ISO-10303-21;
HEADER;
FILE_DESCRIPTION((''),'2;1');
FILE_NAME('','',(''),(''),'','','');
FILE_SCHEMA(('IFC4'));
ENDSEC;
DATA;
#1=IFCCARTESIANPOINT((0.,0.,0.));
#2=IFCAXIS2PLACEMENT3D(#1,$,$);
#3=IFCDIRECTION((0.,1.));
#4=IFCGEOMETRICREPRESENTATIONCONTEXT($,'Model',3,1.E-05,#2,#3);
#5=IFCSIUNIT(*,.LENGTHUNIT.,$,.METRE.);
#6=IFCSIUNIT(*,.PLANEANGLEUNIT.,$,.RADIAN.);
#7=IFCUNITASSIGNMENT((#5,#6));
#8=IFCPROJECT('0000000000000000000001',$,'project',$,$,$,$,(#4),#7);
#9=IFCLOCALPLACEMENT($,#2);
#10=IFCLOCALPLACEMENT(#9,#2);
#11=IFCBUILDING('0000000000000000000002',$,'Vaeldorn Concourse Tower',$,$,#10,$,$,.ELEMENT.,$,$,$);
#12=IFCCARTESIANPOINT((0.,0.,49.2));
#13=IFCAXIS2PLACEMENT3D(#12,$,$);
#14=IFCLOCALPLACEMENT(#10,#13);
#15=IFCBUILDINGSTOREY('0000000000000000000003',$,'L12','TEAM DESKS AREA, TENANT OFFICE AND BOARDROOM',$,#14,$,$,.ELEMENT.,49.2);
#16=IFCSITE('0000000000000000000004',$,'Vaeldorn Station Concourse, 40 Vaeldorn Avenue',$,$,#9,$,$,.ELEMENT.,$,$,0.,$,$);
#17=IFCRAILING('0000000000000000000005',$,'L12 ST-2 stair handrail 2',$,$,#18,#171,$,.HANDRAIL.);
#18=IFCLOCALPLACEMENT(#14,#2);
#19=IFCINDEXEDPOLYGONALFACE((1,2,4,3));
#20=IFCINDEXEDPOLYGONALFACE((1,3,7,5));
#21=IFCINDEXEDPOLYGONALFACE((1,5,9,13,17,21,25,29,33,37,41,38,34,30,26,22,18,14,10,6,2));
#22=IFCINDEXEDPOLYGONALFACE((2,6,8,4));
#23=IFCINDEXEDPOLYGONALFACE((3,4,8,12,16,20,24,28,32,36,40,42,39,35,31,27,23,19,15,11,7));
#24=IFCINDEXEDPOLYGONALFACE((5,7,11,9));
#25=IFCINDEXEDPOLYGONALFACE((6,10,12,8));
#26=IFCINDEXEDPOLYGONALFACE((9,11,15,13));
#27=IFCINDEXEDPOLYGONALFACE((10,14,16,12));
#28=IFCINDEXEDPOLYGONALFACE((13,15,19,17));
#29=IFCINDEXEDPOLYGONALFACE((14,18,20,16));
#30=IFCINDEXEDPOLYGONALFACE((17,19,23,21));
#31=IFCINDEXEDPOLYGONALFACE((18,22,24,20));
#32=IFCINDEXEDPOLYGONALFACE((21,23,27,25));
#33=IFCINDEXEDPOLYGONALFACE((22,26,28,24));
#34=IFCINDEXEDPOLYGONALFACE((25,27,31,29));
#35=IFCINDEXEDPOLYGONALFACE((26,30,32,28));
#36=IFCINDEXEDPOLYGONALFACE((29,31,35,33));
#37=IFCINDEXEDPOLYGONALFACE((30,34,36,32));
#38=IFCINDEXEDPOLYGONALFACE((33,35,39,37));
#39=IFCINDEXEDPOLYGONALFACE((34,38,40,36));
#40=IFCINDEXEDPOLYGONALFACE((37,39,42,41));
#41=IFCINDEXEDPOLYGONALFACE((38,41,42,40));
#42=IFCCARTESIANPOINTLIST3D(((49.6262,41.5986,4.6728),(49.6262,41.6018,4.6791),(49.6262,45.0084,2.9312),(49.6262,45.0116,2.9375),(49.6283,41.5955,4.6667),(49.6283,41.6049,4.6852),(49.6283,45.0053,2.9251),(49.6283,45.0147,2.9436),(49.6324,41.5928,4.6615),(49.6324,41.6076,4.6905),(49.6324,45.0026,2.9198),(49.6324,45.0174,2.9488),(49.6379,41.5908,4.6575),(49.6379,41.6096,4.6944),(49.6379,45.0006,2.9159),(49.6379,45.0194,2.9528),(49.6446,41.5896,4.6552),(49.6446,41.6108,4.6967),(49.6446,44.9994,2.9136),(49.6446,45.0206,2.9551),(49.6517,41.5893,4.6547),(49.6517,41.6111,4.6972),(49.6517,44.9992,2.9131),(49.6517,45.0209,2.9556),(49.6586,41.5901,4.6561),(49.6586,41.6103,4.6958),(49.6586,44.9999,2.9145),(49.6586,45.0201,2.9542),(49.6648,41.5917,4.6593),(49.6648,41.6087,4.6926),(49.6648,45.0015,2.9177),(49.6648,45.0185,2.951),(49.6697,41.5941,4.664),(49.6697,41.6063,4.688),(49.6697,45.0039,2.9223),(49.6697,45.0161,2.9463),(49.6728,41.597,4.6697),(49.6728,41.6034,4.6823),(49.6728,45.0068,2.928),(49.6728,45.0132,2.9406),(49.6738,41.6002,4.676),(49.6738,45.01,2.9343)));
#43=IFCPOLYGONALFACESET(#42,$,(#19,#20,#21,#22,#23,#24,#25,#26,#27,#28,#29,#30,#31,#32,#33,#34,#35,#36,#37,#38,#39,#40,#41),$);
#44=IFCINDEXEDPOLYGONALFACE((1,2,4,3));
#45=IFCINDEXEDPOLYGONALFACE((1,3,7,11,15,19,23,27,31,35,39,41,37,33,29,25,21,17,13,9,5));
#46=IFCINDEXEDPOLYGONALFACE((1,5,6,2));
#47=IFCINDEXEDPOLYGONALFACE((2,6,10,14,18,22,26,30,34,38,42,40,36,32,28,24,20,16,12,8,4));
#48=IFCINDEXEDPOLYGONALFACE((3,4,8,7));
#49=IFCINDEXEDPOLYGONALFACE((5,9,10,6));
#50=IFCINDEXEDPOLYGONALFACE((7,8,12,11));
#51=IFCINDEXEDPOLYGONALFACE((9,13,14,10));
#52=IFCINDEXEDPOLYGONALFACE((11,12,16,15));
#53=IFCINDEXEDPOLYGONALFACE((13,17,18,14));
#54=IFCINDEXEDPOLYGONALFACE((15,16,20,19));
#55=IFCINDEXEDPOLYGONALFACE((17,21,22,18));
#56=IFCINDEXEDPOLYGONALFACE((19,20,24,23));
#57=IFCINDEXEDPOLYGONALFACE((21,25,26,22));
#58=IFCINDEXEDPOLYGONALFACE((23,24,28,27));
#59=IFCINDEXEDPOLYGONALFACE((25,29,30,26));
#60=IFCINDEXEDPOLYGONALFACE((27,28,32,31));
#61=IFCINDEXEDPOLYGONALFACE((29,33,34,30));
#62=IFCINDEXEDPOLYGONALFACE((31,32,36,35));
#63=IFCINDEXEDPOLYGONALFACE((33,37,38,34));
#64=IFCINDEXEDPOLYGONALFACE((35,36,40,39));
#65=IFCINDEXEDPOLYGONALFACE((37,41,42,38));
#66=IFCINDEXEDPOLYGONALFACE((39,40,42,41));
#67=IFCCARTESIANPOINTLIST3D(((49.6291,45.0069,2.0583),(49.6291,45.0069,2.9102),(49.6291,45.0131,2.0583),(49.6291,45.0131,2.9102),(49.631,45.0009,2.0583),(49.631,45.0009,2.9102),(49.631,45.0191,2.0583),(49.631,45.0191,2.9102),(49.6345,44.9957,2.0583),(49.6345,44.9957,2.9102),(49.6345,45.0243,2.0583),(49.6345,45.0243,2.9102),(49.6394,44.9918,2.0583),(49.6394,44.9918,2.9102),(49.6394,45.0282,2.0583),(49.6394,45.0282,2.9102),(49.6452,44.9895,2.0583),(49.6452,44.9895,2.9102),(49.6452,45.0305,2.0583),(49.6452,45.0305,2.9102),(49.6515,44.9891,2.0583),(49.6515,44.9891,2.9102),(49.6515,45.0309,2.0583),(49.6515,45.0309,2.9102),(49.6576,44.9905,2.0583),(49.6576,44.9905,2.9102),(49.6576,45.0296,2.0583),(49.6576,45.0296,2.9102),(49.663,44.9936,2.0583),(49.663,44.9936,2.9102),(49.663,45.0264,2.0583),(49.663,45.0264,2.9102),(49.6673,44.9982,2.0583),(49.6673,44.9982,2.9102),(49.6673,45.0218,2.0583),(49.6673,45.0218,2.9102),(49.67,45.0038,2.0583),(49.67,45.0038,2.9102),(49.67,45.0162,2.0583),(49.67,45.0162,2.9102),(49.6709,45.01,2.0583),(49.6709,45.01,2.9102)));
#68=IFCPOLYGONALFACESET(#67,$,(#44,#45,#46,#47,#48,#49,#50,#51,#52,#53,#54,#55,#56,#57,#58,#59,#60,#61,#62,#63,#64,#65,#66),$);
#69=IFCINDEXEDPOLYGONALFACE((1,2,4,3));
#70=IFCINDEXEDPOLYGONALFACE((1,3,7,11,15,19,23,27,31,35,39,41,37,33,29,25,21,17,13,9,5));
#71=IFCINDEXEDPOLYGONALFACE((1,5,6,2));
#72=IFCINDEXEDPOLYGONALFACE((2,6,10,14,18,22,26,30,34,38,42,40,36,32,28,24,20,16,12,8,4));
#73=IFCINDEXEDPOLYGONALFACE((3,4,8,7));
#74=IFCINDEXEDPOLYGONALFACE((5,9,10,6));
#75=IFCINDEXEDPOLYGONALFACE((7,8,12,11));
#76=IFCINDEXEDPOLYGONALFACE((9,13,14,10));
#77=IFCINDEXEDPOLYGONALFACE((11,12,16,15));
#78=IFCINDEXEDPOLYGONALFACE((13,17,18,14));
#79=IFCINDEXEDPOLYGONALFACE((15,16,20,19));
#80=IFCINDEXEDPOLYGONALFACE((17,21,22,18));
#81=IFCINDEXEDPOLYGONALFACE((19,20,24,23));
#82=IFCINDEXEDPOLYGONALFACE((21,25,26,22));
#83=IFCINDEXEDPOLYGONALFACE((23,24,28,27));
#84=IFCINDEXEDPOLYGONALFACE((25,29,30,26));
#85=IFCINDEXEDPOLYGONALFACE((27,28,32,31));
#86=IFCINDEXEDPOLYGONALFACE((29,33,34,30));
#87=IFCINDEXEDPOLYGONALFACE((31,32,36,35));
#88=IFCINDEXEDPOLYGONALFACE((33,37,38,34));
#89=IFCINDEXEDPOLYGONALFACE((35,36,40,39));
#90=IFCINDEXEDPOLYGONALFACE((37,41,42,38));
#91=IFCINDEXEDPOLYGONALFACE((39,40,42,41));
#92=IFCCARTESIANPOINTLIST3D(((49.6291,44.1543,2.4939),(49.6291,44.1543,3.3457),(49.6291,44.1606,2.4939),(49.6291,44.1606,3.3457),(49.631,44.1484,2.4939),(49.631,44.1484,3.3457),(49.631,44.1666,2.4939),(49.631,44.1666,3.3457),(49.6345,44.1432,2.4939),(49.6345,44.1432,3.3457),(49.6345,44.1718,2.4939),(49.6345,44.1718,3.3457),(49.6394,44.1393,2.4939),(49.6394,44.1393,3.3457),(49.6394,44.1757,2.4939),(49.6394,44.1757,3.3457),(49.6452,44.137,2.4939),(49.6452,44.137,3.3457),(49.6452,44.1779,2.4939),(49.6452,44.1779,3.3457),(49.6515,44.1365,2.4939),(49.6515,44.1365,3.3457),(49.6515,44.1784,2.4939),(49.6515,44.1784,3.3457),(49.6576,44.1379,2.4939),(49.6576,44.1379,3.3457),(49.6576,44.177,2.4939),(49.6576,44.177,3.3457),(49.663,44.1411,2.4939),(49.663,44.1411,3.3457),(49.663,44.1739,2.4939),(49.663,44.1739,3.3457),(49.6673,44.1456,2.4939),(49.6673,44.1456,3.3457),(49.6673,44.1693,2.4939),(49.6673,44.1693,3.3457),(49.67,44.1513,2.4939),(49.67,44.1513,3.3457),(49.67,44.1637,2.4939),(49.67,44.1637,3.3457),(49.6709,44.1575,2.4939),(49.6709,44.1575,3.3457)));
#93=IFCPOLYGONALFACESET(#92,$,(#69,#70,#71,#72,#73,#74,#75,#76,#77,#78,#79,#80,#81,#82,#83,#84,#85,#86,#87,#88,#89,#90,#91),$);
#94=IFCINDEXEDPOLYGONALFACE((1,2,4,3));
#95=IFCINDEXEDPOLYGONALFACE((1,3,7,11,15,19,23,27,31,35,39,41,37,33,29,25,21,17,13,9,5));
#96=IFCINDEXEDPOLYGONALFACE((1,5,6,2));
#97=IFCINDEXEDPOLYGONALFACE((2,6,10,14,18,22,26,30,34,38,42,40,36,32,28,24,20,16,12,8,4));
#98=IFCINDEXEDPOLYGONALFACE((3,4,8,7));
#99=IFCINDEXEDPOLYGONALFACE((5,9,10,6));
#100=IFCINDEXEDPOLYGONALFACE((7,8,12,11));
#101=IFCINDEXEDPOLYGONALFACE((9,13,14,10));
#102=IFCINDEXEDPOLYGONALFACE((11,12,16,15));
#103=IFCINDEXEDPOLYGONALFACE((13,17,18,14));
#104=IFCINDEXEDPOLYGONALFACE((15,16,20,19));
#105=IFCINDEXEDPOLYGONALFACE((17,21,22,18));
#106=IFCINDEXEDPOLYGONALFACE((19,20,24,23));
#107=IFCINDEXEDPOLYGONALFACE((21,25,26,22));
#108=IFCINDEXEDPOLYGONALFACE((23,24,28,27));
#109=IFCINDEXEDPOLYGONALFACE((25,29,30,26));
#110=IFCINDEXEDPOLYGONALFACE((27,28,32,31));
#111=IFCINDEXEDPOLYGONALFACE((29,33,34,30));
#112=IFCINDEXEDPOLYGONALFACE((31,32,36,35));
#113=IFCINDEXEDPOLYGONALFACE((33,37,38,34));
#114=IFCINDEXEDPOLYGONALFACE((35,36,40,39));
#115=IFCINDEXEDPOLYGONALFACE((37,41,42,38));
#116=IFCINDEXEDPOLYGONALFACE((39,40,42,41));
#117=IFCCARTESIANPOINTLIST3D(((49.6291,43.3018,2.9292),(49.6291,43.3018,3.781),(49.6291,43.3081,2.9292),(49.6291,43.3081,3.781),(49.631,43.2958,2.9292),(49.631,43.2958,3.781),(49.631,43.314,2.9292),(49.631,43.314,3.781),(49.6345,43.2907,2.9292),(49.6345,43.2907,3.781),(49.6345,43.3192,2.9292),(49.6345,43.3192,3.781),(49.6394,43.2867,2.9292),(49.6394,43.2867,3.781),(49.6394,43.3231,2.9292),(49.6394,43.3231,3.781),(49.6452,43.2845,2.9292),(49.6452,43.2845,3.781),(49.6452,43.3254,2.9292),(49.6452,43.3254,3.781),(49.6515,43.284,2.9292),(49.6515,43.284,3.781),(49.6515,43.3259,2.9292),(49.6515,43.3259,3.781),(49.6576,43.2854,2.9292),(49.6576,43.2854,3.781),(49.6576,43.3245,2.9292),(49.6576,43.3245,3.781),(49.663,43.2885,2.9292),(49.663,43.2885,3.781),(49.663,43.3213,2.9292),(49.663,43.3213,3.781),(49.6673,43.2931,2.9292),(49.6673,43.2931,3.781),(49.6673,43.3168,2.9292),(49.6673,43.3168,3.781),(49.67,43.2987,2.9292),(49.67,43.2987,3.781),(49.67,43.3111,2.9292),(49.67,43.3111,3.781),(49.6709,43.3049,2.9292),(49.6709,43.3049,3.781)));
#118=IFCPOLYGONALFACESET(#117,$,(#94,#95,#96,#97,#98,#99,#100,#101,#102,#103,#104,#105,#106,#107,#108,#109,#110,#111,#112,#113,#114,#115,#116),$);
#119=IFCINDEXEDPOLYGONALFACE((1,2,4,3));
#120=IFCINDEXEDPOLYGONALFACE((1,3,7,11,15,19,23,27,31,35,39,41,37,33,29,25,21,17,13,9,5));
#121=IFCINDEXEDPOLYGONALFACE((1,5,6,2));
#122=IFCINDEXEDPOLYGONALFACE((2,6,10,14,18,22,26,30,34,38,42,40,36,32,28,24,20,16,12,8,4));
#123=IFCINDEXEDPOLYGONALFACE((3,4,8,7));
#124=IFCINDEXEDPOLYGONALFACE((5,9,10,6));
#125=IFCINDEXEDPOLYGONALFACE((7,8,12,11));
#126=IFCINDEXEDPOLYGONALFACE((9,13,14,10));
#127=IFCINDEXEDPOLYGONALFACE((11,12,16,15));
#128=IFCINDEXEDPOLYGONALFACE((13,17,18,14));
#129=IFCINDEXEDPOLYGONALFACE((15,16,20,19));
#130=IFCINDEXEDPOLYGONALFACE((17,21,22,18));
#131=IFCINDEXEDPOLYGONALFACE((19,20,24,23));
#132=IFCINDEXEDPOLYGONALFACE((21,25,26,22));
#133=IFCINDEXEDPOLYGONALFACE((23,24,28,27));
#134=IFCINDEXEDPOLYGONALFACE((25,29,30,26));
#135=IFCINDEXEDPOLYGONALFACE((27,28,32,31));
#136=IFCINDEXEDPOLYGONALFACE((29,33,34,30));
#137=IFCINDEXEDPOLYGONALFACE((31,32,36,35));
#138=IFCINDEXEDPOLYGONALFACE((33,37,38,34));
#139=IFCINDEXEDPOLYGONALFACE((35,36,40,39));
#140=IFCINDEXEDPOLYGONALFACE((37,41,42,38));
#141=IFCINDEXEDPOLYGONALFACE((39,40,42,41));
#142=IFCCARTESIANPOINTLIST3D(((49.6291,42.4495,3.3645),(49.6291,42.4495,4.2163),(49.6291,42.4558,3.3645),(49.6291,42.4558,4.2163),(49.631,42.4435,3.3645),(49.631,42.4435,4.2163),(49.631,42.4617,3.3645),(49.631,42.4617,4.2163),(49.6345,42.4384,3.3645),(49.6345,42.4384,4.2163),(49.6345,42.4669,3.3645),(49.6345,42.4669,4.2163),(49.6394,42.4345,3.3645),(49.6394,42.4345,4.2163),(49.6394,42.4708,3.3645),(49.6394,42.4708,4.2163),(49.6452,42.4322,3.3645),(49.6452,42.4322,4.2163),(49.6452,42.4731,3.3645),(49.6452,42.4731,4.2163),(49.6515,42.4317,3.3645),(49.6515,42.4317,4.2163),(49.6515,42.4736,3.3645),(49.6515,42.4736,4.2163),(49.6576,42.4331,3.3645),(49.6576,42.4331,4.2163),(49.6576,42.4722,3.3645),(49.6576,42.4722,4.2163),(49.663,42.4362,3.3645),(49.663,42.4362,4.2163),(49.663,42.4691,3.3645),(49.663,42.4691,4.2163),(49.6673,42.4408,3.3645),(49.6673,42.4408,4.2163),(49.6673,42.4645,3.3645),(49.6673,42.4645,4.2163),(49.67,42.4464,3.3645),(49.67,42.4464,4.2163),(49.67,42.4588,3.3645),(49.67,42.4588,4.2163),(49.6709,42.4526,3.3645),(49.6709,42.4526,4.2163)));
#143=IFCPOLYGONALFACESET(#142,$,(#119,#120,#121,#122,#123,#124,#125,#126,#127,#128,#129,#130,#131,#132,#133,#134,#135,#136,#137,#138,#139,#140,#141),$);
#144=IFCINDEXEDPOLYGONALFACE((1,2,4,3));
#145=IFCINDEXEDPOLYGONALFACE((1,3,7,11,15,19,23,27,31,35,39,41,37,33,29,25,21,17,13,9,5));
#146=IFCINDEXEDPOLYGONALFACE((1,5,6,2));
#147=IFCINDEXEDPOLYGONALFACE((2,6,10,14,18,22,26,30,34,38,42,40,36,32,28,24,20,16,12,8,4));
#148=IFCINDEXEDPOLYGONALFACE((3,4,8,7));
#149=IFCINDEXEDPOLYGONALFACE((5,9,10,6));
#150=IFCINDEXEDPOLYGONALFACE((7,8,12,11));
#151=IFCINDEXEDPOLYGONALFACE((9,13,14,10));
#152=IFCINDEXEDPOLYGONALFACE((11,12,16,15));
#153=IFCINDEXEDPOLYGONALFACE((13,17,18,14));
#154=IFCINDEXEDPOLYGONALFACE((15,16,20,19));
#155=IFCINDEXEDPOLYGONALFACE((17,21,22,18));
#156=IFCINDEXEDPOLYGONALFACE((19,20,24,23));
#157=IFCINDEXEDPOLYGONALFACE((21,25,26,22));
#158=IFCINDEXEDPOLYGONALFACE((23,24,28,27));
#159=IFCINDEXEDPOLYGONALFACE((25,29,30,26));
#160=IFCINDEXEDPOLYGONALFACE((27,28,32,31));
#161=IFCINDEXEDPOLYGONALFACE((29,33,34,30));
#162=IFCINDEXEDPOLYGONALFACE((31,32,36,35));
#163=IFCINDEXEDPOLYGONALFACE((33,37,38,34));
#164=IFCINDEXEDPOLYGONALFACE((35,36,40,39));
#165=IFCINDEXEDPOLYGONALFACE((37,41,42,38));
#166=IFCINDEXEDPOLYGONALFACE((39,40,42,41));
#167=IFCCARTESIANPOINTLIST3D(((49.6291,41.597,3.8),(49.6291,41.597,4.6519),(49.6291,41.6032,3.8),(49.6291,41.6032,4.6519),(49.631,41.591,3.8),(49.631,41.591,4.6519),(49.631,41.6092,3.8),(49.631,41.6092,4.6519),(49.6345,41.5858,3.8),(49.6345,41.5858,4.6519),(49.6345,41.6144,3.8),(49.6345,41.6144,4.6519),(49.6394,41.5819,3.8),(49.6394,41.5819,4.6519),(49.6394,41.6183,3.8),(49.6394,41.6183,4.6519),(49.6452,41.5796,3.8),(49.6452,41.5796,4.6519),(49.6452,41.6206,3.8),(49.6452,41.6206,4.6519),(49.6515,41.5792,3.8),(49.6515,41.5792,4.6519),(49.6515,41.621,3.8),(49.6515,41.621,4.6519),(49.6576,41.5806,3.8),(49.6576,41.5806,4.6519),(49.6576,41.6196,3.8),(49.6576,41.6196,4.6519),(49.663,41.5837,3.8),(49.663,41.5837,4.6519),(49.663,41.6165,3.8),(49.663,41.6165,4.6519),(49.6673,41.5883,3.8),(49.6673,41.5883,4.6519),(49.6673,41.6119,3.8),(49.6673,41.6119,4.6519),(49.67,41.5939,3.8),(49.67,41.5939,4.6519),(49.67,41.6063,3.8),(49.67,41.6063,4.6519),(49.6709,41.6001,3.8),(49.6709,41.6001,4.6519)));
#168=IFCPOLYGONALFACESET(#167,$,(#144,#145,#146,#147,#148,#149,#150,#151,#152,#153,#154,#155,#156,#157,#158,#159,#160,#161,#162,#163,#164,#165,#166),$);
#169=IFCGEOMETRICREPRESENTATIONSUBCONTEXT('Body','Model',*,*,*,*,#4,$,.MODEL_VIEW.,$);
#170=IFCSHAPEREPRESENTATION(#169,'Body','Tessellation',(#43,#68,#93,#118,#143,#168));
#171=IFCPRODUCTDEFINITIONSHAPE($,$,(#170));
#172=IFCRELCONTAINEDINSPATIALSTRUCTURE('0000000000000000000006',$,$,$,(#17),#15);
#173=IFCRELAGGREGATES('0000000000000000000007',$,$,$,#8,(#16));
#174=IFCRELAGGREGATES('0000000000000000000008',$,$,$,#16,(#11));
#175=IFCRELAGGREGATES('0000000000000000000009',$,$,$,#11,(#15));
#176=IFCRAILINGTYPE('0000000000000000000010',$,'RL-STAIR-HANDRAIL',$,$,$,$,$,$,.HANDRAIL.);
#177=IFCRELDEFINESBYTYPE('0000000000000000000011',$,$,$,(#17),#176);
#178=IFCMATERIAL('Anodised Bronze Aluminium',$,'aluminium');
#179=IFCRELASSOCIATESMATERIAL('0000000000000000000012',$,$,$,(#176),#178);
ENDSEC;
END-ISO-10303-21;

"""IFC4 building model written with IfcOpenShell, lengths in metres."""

from ifc_helpers import new_model, si_unit, direction, frame, origin, origin_2d, place, context, subcontext, project, spatial, circle, extrude, material, type_object, element, save


model = new_model("IFC4")

# Units and contexts
model_context = context("Model", 3, precision=1e-05, world=origin(), true_north=direction((0.0, 1.0)))
body_context = subcontext(model_context, "Body", "Model", "MODEL_VIEW")
ifc_project = project(units=[si_unit("LENGTHUNIT", "METRE"), si_unit("PLANEANGLEUNIT", "RADIAN")], contexts=[model_context])

# Site, building, storey
site_placement = place(None, origin())
site = spatial("IfcSite", under=ifc_project, at=site_placement, Name="Vaeldorn Station Concourse, 40 Vaeldorn Avenue", CompositionType="ELEMENT", RefElevation=0.0)
building_placement = place(site_placement, origin())
building = spatial("IfcBuilding", under=site, at=building_placement, Name="Vaeldorn Concourse Tower", CompositionType="ELEMENT")
storey_placement = place(building_placement, frame((0.0, 0.0, 49.2)))
storey = spatial("IfcBuildingStorey", under=building, at=storey_placement, Name="L12", Description="TEAM DESKS AREA, TENANT OFFICE AND BOARDROOM", CompositionType="ELEMENT", Elevation=49.2)

# Shared definitions
ifc_material_1 = material(Name="Anodised Bronze Aluminium", Category="aluminium")

# Railing
railing_type_1 = type_object("IfcRailingType", Name="RL-STAIR-HANDRAIL", PredefinedType="HANDRAIL", material=ifc_material_1)
railing_1_placement = place(storey_placement, frame((49.6499, 45.01, 2.0583)))
element("IfcRailing", 1, at=railing_1_placement, inside=storey, type_object=railing_type_1, Name="L12 ST-2 stair handrail 2", PredefinedType="HANDRAIL", context=body_context, shape_type="SweptSolid", body=[
    extrude(circle(Radius=0.0239, at=origin_2d()), frame((0.0, 0.0, 0.876), z_axis=(0.0, -0.890556, 0.454874), x_axis=(1.0, 0.0, 0.0)), (0.0, 0.0, 1.0), 3.8289),
    extrude(circle(Radius=0.021, at=origin_2d()), origin(), (0.0, 0.0, 1.0), 0.8518),
    extrude(circle(Radius=0.021, at=origin_2d()), frame((0.0, -0.8525, 0.4355)), (0.0, 0.0, 1.0), 0.8518),
    extrude(circle(Radius=0.021, at=origin_2d()), frame((0.0, -1.7051, 0.8708)), (0.0, 0.0, 1.0), 0.8518),
    extrude(circle(Radius=0.021, at=origin_2d()), frame((0.0, -2.5574, 1.3062)), (0.0, 0.0, 1.0), 0.8518),
    extrude(circle(Radius=0.021, at=origin_2d()), frame((0.0, -3.4099, 1.7417)), (0.0, 0.0, 1.0), 0.8518),
])

save(model, "model.ifc")
